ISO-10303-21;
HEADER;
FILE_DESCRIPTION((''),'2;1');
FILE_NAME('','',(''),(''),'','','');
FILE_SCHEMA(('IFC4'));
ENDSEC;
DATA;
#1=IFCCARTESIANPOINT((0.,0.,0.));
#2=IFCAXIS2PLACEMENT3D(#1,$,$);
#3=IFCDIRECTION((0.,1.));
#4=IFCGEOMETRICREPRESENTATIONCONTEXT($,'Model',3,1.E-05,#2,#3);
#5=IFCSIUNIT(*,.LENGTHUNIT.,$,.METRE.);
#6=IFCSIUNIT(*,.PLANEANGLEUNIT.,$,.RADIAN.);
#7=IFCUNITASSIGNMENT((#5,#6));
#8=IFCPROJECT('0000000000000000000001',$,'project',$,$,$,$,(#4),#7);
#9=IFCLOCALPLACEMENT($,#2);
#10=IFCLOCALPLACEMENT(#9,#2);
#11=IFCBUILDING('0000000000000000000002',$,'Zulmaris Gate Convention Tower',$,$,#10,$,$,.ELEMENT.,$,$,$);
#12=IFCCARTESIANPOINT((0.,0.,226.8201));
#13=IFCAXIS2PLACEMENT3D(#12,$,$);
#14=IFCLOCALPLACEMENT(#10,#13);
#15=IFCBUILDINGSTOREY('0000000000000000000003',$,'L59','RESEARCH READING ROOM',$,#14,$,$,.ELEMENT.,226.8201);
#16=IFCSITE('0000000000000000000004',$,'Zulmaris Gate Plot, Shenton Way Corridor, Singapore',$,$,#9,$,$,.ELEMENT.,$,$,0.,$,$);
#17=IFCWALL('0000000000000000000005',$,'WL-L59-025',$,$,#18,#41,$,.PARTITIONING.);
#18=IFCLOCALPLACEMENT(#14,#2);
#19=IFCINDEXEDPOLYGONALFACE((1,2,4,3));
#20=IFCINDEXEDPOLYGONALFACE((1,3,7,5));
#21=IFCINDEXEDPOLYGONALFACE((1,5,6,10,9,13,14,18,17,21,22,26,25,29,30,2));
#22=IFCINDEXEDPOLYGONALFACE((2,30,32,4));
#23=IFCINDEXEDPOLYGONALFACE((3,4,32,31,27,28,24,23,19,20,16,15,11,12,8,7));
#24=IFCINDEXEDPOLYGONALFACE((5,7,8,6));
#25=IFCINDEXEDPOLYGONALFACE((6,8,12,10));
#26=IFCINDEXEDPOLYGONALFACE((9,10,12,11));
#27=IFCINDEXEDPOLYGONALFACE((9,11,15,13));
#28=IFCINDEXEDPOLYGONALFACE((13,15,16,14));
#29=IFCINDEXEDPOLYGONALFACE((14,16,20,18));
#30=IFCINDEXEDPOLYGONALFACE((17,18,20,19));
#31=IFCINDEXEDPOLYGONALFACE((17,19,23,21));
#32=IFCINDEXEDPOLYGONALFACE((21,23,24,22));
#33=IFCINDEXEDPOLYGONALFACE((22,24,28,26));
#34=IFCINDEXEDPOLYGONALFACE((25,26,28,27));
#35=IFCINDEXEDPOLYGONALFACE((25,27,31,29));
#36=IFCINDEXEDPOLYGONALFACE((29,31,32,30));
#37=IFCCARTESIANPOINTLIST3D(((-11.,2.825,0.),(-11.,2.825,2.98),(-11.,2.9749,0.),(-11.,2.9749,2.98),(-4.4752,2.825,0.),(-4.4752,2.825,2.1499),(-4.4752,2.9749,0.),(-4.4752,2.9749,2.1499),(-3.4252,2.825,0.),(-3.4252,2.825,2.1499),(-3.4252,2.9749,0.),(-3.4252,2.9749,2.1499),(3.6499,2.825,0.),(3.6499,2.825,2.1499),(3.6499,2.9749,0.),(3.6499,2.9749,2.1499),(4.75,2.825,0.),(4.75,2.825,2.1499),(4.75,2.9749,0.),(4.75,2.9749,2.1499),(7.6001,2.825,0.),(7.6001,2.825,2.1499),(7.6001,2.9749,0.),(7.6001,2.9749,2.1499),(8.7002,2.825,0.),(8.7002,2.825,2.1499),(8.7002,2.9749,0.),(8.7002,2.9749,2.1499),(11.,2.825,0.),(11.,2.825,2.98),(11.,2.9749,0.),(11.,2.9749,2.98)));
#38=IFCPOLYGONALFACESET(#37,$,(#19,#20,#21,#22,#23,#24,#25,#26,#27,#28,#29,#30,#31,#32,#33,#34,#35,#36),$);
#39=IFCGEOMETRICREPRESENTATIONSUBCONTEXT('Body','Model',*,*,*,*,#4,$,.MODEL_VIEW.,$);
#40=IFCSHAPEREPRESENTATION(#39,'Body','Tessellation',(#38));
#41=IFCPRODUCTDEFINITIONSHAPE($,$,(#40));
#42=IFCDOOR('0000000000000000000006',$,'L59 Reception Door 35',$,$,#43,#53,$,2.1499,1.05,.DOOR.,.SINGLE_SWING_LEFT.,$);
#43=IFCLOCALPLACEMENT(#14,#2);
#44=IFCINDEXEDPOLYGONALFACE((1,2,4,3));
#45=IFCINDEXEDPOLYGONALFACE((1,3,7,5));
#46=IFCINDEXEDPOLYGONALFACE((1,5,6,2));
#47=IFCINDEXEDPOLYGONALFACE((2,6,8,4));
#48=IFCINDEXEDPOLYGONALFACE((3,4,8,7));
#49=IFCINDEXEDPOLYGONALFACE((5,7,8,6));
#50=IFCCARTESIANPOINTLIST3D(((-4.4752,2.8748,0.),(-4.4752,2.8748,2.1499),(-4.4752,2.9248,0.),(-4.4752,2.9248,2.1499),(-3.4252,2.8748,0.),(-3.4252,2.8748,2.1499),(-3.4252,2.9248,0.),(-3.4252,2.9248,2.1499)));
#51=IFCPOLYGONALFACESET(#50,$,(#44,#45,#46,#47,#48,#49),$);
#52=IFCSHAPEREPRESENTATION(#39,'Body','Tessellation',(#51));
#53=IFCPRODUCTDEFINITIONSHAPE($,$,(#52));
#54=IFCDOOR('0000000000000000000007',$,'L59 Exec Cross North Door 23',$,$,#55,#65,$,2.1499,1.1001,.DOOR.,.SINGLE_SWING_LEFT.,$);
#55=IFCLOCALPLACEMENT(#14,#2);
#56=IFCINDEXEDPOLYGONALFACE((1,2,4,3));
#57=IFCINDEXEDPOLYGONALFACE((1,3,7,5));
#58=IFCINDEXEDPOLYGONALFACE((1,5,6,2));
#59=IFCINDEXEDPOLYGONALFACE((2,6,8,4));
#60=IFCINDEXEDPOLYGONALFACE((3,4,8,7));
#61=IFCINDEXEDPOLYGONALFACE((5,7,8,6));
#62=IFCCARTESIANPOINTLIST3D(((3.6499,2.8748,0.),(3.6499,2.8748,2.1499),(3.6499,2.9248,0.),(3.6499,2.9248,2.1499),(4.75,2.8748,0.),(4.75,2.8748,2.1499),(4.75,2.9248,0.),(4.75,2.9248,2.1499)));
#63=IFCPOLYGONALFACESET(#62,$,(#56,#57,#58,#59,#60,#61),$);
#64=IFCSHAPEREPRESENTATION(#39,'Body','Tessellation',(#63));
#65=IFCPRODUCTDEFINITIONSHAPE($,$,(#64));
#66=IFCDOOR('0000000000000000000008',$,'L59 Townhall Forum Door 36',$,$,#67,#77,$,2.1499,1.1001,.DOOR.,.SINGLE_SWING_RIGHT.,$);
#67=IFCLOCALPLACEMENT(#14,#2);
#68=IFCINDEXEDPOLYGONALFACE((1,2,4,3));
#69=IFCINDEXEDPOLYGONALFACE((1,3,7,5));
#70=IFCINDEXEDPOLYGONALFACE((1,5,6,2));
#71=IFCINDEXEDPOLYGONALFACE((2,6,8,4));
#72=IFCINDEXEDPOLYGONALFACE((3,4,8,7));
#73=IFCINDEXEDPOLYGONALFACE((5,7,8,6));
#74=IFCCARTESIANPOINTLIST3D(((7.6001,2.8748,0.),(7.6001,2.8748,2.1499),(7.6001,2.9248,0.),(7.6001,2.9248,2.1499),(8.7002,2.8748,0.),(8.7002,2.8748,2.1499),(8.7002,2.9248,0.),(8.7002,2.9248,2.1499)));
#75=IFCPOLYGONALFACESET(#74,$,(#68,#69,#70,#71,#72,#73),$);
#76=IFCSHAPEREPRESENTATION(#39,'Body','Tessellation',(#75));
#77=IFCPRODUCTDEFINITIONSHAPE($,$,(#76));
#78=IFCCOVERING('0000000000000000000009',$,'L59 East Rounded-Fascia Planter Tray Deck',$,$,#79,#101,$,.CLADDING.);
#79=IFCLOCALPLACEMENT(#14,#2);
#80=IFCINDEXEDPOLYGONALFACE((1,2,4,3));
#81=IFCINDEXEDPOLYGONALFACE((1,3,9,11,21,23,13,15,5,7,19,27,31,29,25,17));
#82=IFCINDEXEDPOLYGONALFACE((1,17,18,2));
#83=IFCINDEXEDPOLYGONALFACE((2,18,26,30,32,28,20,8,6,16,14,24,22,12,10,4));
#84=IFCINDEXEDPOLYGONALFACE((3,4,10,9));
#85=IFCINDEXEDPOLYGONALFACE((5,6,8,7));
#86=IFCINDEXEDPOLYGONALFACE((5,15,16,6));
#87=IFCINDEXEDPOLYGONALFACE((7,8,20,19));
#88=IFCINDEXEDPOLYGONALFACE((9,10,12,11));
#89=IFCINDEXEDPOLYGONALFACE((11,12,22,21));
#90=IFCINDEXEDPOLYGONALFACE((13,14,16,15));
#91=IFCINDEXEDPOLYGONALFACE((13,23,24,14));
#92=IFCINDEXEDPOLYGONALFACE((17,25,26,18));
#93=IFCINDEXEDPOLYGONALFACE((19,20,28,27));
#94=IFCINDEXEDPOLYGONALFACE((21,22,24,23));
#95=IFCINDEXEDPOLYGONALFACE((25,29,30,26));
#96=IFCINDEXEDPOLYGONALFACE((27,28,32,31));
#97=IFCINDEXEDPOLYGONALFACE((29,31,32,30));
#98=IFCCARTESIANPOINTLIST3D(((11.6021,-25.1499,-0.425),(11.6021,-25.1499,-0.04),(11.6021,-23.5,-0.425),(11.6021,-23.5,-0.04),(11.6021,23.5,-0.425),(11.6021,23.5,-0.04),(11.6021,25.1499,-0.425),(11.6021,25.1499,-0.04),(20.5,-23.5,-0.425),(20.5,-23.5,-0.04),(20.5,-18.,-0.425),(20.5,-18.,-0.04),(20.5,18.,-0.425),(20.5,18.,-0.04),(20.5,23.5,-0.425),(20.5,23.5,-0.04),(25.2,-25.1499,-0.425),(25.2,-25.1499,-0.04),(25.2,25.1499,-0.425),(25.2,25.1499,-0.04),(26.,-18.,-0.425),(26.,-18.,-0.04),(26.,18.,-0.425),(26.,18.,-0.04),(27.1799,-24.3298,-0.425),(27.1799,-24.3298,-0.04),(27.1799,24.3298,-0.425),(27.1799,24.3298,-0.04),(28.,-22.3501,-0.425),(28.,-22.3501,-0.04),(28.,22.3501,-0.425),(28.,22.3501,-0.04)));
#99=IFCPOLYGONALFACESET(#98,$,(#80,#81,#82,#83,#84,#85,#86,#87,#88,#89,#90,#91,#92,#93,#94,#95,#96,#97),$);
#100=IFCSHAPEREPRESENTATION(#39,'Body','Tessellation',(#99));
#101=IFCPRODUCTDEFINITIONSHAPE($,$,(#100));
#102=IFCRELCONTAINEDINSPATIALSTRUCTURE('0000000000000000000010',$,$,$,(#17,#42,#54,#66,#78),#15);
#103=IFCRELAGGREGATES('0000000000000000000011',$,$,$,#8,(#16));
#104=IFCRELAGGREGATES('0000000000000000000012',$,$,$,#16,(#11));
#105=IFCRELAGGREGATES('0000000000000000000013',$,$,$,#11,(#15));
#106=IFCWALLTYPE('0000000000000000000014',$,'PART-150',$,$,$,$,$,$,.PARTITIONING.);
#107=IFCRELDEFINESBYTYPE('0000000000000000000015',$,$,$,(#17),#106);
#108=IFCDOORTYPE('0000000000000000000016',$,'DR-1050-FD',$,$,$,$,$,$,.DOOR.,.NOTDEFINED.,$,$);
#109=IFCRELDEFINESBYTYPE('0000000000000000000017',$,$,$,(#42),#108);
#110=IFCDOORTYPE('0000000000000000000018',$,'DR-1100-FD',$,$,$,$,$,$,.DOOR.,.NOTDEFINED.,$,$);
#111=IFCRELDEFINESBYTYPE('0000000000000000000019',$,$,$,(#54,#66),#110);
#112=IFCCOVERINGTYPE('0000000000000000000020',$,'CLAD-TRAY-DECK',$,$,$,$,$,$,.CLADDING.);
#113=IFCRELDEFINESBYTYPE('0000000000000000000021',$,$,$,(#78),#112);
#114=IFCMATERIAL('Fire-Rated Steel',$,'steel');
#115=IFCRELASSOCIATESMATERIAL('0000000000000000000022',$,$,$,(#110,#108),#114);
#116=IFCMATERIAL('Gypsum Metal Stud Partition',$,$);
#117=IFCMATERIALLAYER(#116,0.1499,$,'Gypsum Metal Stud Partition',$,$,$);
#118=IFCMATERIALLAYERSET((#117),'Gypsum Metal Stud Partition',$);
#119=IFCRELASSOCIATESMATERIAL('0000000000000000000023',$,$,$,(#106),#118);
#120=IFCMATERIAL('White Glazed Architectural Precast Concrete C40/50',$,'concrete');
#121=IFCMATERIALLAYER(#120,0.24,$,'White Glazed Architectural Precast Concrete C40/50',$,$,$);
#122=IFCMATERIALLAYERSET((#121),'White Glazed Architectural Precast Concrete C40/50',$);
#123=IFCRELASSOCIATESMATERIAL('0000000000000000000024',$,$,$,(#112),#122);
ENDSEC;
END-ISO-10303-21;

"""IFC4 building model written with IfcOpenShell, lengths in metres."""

from ifc_helpers import new_model, si_unit, direction, frame, frame_2d, origin, place, context, subcontext, project, spatial, polyline, rectangle, outline, extrude, material, layer, layer_set, type_object, element, fill, save


model = new_model("IFC4")

# Units and contexts
model_context = context("Model", 3, precision=1e-05, world=origin(), true_north=direction((0.0, 1.0)))
body_context = subcontext(model_context, "Body", "Model", "MODEL_VIEW")
ifc_project = project(units=[si_unit("LENGTHUNIT", "METRE"), si_unit("PLANEANGLEUNIT", "RADIAN")], contexts=[model_context])

# Site, building, storey
site_placement = place(None, origin())
site = spatial("IfcSite", under=ifc_project, at=site_placement, Name="Zulmaris Gate Plot, Shenton Way Corridor, Singapore", CompositionType="ELEMENT", RefElevation=0.0)
building_placement = place(site_placement, origin())
building = spatial("IfcBuilding", under=site, at=building_placement, Name="Zulmaris Gate Convention Tower", CompositionType="ELEMENT")
storey_placement = place(building_placement, frame((0.0, 0.0, 226.8201)))
storey = spatial("IfcBuildingStorey", under=building, at=storey_placement, Name="L59", Description="RESEARCH READING ROOM", CompositionType="ELEMENT", Elevation=226.8201)

# Shared definitions
ifc_material_1 = material(Name="Fire-Rated Steel", Category="steel")
door_type_1 = type_object("IfcDoorType", Name="DR-1100-FD", OperationType="NOTDEFINED", PredefinedType="DOOR", material=ifc_material_1)

# Wall, openings, doors
ifc_material_2 = material(Name="Gypsum Metal Stud Partition")
ifc_layer_1 = layer(ifc_material_2, 0.1499, Name="Gypsum Metal Stud Partition")
ifc_layer_set_1 = layer_set([ifc_layer_1], Name="Gypsum Metal Stud Partition")
wall_type_1 = type_object("IfcWallType", Name="PART-150", PredefinedType="PARTITIONING", material=ifc_layer_set_1)
wall_1_placement = place(storey_placement, frame((-11.0, 2.8999, 0.0), z_axis=(0.0, 0.0, 1.0), x_axis=(1.0, 0.0, 0.0)))
wall_1 = element("IfcWall", 1, at=wall_1_placement, inside=storey, type_object=wall_type_1, Name="WL-L59-025", PredefinedType="PARTITIONING", context=body_context, shape_type="SweptSolid", body=[
    extrude(rectangle(XDim=22.0, YDim=0.1499, at=frame_2d((11.0, 0.0))), origin(), (0.0, 0.0, 1.0), 2.98),
])
opening_1_placement = place(wall_1_placement, frame((14.6499, 0.0, 0.0)))
opening_1 = element("IfcOpeningElement", 2, at=opening_1_placement, cuts=wall_1, PredefinedType="OPENING", context=body_context, shape_type="SweptSolid", body=[
    extrude(rectangle(XDim=1.1001, YDim=2.1499, at=frame_2d((0.55, 1.075))), frame((0.0, 0.085, 0.0), z_axis=(0.0, -1.0, 0.0), x_axis=(1.0, 0.0, 0.0)), (0.0, 0.0, 1.0), 0.1699),
])
opening_2_placement = place(wall_1_placement, frame((6.5249, 0.0, 0.0)))
opening_2 = element("IfcOpeningElement", 3, at=opening_2_placement, cuts=wall_1, PredefinedType="OPENING", context=body_context, shape_type="SweptSolid", body=[
    extrude(rectangle(XDim=1.05, YDim=2.1499, at=frame_2d((0.5249, 1.075))), frame((0.0, 0.085, 0.0), z_axis=(0.0, -1.0, 0.0), x_axis=(1.0, 0.0, 0.0)), (0.0, 0.0, 1.0), 0.1699),
])
opening_3_placement = place(wall_1_placement, frame((18.6001, 0.0, 0.0)))
opening_3 = element("IfcOpeningElement", 4, at=opening_3_placement, cuts=wall_1, PredefinedType="OPENING", context=body_context, shape_type="SweptSolid", body=[
    extrude(rectangle(XDim=1.1001, YDim=2.1499, at=frame_2d((0.55, 1.075))), frame((0.0, 0.085, 0.0), z_axis=(0.0, -1.0, 0.0), x_axis=(1.0, 0.0, 0.0)), (0.0, 0.0, 1.0), 0.1699),
])
door_type_2 = type_object("IfcDoorType", Name="DR-1050-FD", OperationType="NOTDEFINED", PredefinedType="DOOR", material=ifc_material_1)
door_1_placement = place(opening_2_placement, origin())
door_1 = element("IfcDoor", 5, at=door_1_placement, inside=storey, type_object=door_type_2, Name="L59 Reception Door 35", OperationType="SINGLE_SWING_LEFT", OverallHeight=2.1499, OverallWidth=1.05, PredefinedType="DOOR", context=body_context, shape_type="SweptSolid", body=[
    extrude(rectangle(XDim=1.05, YDim=2.1499, at=frame_2d((0.5249, 1.075))), frame((0.0, 0.0249, 0.0), z_axis=(0.0, -1.0, 0.0), x_axis=(1.0, 0.0, 0.0)), (0.0, 0.0, 1.0), 0.05),
])
fill(opening_2, door_1)
door_2_placement = place(opening_1_placement, origin())
door_2 = element("IfcDoor", 6, at=door_2_placement, inside=storey, type_object=door_type_1, Name="L59 Exec Cross North Door 23", OperationType="SINGLE_SWING_LEFT", OverallHeight=2.1499, OverallWidth=1.1001, PredefinedType="DOOR", context=body_context, shape_type="SweptSolid", body=[
    extrude(rectangle(XDim=1.1001, YDim=2.1499, at=frame_2d((0.55, 1.075))), frame((0.0, 0.0249, 0.0), z_axis=(0.0, -1.0, 0.0), x_axis=(1.0, 0.0, 0.0)), (0.0, 0.0, 1.0), 0.05),
])
fill(opening_1, door_2)
door_3_placement = place(opening_3_placement, origin())
door_3 = element("IfcDoor", 7, at=door_3_placement, inside=storey, type_object=door_type_1, Name="L59 Townhall Forum Door 36", OperationType="SINGLE_SWING_RIGHT", OverallHeight=2.1499, OverallWidth=1.1001, PredefinedType="DOOR", context=body_context, shape_type="SweptSolid", body=[
    extrude(rectangle(XDim=1.1001, YDim=2.1499, at=frame_2d((0.55, 1.075))), frame((0.0, 0.0249, 0.0), z_axis=(0.0, -1.0, 0.0), x_axis=(1.0, 0.0, 0.0)), (0.0, 0.0, 1.0), 0.05),
])
fill(opening_3, door_3)

# Covering
ifc_material_3 = material(Name="White Glazed Architectural Precast Concrete C40/50", Category="concrete")
ifc_layer_2 = layer(ifc_material_3, 0.24, Name="White Glazed Architectural Precast Concrete C40/50")
ifc_layer_set_2 = layer_set([ifc_layer_2], Name="White Glazed Architectural Precast Concrete C40/50")
covering_type = type_object("IfcCoveringType", Name="CLAD-TRAY-DECK", PredefinedType="CLADDING", material=ifc_layer_set_2)
covering_placement = place(storey_placement, frame((0.0, 0.0, -0.425)))
element("IfcCovering", 8, at=covering_placement, inside=storey, type_object=covering_type, Name="L59 East Rounded-Fascia Planter Tray Deck", PredefinedType="CLADDING", context=body_context, shape_type="SweptSolid", body=[
    extrude(outline(polyline([(25.2, 25.1499), (27.1799, 24.3298), (28.0, 22.3501), (28.0, -22.3501), (27.1799, -24.3298), (25.2, -25.1499), (11.6021, -25.1499), (11.6021, -23.5), (20.5, -23.5), (20.5, -18.0), (26.0, -18.0), (26.0, 18.0), (20.5, 18.0), (20.5, 23.5), (11.6021, 23.5), (11.6021, 25.1499), (25.2, 25.1499)])), origin(), (0.0, 0.0, 1.0), 0.385),
])

save(model, "model.ifc")
